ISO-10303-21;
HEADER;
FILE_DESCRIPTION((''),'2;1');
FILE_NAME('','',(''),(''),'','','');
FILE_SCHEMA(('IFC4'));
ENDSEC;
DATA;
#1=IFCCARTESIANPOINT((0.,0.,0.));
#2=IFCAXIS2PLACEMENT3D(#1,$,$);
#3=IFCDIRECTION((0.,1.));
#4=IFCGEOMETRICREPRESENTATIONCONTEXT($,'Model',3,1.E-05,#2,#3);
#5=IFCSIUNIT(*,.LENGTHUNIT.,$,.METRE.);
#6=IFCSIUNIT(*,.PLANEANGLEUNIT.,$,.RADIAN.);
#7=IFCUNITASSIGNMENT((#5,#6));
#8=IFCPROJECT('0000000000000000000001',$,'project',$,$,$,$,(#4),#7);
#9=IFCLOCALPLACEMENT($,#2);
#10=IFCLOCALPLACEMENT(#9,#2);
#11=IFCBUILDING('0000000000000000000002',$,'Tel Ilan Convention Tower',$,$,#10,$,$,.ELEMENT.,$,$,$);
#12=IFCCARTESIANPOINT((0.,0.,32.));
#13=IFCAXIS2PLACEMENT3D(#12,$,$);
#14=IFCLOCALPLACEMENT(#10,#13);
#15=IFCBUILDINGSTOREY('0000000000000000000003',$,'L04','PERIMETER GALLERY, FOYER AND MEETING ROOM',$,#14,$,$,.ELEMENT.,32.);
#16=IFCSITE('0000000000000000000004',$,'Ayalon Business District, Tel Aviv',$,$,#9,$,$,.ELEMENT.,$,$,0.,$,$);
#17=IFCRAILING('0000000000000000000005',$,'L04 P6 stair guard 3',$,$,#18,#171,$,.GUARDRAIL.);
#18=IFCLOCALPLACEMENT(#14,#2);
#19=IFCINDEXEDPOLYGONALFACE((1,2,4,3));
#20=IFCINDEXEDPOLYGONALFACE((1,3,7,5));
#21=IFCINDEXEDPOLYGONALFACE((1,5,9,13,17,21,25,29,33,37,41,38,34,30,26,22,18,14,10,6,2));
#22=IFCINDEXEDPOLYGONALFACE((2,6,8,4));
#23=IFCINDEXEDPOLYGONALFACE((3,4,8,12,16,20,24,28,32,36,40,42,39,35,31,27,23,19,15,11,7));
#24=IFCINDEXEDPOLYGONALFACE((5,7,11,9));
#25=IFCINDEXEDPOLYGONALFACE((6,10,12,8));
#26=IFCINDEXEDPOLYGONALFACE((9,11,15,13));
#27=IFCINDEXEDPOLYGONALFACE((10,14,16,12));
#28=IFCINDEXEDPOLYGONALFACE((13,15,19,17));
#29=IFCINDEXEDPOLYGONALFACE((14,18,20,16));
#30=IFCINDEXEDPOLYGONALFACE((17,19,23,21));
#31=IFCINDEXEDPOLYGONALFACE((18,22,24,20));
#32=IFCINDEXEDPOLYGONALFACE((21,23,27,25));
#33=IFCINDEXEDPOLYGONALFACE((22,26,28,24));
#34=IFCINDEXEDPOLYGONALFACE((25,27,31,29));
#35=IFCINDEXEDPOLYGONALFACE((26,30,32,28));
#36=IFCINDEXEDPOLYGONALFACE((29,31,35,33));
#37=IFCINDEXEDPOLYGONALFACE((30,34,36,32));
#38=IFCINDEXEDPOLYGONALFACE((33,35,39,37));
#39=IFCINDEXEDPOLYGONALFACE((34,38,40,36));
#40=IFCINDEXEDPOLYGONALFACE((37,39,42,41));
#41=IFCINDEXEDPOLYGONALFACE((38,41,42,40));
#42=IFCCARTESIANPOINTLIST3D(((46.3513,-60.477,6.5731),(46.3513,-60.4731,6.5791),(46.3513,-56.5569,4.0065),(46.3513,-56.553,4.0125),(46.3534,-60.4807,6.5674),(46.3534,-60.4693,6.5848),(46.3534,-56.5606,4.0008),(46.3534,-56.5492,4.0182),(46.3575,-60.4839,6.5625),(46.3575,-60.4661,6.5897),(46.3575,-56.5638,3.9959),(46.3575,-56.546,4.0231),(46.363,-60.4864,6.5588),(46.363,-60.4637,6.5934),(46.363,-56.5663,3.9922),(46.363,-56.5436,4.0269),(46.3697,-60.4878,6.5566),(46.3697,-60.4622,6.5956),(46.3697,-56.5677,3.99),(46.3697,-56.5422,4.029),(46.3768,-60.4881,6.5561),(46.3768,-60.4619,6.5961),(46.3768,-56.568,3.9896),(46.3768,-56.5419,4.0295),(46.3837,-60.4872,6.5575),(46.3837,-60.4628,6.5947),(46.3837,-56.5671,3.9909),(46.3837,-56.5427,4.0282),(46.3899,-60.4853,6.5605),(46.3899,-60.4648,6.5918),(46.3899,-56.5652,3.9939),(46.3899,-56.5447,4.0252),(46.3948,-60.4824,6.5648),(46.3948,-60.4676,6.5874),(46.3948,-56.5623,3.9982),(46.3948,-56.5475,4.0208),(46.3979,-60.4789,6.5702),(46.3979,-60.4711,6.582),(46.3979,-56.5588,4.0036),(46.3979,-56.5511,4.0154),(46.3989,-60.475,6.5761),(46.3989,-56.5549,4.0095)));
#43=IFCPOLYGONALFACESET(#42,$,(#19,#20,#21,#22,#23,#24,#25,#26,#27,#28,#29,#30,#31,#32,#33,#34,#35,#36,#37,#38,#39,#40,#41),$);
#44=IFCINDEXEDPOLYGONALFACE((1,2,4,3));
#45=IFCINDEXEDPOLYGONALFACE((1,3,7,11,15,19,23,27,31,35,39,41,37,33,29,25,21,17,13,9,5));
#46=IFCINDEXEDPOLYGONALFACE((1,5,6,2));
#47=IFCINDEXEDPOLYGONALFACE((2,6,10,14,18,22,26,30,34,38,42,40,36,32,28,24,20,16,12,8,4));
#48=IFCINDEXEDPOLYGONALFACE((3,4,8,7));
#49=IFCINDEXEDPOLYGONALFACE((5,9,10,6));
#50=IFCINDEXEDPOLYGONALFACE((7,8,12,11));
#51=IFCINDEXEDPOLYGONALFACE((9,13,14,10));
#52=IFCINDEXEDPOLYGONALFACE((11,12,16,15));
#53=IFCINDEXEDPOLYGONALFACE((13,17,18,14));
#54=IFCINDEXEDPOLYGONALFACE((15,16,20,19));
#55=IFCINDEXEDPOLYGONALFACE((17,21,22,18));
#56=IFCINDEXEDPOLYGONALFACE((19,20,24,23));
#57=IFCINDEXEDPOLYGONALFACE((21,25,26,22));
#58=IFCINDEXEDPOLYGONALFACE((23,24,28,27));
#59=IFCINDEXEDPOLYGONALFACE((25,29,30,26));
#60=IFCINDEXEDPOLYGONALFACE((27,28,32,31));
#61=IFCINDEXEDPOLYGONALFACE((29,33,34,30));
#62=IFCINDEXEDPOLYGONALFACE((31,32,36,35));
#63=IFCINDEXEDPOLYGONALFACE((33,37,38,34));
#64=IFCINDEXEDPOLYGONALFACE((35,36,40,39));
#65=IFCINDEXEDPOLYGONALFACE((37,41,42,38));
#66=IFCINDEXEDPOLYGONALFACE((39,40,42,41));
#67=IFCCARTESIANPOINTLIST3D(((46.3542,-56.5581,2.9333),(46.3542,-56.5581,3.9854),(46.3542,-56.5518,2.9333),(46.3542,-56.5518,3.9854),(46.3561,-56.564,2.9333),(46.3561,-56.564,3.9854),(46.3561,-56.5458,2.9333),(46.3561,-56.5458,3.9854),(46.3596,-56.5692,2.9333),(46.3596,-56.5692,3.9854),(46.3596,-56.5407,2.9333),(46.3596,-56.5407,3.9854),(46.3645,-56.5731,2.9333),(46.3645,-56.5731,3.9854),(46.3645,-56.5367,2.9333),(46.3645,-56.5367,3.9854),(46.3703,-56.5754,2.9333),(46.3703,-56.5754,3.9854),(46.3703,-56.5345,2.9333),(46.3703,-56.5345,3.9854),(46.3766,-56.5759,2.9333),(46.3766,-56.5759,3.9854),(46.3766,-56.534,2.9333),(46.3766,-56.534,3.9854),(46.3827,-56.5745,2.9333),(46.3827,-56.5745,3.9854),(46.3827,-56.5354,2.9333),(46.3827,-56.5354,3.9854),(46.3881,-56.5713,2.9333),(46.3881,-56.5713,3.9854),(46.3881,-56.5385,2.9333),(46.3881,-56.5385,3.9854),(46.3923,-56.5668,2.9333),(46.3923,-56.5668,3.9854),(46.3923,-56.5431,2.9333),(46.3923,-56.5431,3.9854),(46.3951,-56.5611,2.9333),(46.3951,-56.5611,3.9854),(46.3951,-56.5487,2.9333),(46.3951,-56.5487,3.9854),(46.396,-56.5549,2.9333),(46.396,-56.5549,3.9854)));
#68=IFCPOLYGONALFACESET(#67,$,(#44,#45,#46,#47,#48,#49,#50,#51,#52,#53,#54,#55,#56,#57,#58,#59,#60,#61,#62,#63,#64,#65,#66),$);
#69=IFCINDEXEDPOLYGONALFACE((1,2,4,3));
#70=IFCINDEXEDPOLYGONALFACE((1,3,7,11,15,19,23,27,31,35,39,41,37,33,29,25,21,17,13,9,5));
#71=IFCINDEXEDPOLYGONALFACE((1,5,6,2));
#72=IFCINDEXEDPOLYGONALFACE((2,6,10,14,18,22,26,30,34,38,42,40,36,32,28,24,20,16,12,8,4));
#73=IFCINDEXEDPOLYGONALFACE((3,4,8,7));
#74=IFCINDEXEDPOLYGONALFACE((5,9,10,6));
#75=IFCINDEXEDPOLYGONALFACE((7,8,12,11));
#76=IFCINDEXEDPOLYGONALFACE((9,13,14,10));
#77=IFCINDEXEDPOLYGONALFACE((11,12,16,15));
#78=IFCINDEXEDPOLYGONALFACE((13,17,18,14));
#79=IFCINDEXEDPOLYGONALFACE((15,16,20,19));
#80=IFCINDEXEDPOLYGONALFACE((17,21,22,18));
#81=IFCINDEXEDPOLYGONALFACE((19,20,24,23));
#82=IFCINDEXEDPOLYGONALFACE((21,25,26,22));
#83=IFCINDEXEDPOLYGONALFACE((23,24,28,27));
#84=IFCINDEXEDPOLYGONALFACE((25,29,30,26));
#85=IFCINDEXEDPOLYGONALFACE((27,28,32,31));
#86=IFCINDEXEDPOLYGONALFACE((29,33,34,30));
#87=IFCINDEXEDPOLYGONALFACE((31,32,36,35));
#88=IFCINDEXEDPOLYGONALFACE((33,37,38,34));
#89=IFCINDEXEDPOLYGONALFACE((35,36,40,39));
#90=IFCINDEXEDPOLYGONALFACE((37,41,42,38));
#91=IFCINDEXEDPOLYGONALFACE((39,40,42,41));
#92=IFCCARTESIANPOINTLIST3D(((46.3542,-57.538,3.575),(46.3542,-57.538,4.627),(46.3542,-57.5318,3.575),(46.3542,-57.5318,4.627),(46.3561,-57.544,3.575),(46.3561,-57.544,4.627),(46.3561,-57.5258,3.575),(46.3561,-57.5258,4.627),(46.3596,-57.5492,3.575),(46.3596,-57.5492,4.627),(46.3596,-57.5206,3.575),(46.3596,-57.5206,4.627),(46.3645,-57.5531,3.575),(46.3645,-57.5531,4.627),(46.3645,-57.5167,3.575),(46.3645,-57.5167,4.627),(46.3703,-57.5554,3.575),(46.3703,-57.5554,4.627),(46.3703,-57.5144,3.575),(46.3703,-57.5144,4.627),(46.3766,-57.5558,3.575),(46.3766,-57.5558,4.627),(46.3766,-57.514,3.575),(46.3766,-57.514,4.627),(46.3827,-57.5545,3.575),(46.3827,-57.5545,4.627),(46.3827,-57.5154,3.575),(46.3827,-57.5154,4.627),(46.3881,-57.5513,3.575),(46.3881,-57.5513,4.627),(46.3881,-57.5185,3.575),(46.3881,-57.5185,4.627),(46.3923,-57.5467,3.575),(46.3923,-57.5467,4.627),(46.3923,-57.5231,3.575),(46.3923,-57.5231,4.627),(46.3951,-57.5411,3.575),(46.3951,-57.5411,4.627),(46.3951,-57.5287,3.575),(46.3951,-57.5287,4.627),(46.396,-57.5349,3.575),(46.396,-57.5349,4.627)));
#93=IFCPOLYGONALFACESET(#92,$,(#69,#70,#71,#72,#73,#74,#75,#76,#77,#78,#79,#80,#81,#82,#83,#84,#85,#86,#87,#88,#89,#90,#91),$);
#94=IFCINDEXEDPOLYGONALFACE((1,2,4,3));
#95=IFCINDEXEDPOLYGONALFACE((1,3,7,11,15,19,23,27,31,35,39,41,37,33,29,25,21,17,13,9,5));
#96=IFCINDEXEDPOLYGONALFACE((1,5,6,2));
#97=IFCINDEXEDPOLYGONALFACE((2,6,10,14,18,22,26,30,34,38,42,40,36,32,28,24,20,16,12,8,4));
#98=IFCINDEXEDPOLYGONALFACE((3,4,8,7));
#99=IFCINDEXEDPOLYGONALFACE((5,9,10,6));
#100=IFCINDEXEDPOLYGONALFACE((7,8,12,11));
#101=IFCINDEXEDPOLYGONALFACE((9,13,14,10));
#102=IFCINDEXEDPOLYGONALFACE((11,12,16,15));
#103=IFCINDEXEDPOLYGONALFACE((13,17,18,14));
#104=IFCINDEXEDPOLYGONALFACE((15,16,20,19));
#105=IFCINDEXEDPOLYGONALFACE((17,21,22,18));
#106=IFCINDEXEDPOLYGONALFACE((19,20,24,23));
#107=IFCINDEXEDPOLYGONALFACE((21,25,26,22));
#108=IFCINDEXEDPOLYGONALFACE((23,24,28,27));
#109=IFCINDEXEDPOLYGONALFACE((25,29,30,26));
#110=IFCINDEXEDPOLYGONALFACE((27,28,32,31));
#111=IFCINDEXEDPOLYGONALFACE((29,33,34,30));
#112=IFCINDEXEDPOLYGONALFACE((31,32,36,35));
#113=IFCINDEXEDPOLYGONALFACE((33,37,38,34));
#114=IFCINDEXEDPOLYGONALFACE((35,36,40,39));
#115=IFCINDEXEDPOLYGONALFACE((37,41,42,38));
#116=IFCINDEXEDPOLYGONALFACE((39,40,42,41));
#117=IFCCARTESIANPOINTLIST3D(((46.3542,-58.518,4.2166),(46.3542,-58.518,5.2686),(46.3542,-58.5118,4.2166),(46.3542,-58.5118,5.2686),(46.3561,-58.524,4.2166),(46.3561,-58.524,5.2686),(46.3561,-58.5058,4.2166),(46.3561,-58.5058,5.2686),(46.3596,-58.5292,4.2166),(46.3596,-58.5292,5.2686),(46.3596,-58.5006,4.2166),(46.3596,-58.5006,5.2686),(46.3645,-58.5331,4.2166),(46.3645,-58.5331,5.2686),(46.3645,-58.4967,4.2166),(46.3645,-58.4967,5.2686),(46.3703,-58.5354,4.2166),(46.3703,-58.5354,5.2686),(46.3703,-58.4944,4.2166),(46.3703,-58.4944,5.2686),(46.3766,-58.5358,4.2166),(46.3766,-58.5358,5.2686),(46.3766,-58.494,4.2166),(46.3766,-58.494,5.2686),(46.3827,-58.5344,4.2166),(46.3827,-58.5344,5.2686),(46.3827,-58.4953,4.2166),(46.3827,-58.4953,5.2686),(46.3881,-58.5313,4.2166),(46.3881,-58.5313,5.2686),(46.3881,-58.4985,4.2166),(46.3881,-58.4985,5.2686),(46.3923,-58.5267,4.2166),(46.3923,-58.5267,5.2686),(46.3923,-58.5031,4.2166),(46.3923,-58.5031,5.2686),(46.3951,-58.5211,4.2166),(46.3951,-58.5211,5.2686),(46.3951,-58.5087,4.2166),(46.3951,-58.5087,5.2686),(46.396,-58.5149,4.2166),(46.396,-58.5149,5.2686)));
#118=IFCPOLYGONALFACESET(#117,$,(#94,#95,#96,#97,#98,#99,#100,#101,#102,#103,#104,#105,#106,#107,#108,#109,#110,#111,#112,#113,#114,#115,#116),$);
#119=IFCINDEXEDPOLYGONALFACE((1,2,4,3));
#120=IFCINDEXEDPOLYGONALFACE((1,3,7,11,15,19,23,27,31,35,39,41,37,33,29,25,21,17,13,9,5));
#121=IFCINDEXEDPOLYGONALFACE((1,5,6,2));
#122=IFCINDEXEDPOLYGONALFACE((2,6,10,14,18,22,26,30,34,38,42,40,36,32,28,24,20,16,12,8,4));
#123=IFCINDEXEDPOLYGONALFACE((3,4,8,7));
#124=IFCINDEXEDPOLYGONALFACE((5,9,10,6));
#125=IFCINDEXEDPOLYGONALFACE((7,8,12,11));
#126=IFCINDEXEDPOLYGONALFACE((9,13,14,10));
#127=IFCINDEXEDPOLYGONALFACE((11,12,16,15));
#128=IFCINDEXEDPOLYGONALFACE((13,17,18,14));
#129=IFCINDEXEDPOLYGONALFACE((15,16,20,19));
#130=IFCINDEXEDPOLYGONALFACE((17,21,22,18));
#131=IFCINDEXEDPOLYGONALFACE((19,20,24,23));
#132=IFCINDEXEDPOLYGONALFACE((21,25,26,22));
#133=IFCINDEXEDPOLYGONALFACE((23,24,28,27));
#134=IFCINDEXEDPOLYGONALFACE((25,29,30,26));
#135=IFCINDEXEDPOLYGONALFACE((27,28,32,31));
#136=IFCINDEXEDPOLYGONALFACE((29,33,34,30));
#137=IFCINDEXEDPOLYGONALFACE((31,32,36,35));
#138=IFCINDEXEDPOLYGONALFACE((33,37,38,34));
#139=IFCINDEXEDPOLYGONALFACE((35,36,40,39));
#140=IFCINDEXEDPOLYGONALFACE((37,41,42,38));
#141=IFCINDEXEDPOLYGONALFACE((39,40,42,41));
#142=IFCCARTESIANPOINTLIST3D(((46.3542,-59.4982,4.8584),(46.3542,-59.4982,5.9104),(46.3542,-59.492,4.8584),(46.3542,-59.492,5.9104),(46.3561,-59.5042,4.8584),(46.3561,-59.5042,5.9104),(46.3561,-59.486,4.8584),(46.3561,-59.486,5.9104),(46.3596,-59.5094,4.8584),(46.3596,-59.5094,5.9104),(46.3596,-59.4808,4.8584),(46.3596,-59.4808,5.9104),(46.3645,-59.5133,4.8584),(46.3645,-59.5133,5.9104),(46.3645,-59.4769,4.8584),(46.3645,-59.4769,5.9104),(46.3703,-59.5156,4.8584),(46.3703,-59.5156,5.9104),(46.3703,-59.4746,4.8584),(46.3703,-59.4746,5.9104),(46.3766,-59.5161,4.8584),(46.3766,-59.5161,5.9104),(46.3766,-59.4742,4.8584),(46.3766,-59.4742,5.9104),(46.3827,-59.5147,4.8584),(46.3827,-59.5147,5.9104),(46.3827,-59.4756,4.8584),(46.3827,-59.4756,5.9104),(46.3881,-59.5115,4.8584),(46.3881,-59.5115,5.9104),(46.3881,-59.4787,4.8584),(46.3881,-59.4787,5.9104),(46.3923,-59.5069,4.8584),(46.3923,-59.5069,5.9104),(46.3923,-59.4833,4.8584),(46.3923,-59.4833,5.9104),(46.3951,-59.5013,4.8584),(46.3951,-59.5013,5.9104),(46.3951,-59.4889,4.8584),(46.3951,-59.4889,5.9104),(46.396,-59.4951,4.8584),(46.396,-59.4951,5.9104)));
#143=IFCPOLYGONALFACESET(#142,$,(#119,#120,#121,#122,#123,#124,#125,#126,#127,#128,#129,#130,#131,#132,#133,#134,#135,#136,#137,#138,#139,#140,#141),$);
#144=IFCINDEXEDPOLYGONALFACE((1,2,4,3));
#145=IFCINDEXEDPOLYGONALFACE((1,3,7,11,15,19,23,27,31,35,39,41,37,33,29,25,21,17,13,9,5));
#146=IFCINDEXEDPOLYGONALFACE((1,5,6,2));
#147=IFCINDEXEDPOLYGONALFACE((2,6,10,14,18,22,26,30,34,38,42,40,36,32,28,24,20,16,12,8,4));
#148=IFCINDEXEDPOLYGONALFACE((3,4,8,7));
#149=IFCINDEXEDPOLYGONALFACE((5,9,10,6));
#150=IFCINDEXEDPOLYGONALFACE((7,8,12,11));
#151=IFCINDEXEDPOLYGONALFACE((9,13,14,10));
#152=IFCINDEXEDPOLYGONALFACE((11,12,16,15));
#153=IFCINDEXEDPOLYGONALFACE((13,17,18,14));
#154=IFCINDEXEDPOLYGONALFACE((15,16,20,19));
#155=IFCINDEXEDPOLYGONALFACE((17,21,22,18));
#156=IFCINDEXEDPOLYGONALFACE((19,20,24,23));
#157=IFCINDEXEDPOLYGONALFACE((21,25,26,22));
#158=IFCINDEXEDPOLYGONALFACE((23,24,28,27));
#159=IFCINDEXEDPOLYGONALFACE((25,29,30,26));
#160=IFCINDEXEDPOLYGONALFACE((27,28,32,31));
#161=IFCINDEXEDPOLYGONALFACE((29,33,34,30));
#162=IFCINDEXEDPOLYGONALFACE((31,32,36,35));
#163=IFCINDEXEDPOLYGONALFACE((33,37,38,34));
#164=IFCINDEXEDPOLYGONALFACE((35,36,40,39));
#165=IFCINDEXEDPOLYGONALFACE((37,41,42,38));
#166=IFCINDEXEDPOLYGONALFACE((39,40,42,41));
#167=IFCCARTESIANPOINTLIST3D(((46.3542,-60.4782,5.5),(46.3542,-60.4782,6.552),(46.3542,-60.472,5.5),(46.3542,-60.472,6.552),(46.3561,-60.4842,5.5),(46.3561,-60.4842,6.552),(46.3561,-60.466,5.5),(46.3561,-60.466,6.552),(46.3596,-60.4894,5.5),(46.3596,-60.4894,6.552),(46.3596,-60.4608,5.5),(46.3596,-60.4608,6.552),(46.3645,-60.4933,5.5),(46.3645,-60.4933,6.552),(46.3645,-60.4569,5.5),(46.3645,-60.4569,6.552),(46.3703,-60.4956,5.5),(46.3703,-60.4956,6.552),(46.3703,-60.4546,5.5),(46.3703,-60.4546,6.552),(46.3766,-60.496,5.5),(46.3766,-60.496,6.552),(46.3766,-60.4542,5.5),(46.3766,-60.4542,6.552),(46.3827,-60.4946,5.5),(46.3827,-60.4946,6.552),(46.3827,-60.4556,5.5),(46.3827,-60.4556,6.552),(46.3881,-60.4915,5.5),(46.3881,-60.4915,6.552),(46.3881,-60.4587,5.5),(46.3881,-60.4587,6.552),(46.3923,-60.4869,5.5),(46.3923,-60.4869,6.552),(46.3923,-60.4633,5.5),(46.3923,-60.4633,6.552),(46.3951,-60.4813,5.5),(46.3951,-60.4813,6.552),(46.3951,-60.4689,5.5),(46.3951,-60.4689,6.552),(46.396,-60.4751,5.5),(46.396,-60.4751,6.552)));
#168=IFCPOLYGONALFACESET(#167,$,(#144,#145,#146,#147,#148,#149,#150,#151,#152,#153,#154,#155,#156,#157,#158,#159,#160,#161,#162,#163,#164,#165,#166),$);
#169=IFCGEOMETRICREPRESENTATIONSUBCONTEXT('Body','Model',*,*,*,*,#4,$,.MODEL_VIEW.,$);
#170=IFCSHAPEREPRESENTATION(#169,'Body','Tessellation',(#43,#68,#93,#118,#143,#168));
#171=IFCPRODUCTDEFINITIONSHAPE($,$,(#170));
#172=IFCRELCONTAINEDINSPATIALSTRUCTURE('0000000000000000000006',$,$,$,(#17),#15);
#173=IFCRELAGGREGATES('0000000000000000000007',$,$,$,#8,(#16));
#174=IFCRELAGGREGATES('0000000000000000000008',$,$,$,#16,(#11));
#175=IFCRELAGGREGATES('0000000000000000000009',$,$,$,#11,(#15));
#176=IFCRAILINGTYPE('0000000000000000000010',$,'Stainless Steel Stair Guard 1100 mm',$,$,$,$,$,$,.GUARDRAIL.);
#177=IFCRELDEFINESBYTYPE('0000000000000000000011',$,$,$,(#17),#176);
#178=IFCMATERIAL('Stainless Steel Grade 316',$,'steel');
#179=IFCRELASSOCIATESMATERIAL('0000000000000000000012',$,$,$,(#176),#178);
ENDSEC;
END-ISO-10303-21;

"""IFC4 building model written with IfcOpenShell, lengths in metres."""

from ifc_helpers import new_model, si_unit, direction, frame, origin, origin_2d, place, context, subcontext, project, spatial, circle, extrude, material, type_object, element, save


model = new_model("IFC4")

# Units and contexts
model_context = context("Model", 3, precision=1e-05, world=origin(), true_north=direction((0.0, 1.0)))
body_context = subcontext(model_context, "Body", "Model", "MODEL_VIEW")
ifc_project = project(units=[si_unit("LENGTHUNIT", "METRE"), si_unit("PLANEANGLEUNIT", "RADIAN")], contexts=[model_context])

# Site, building, storey
site_placement = place(None, origin())
site = spatial("IfcSite", under=ifc_project, at=site_placement, Name="Ayalon Business District, Tel Aviv", CompositionType="ELEMENT", RefElevation=0.0)
building_placement = place(site_placement, origin())
building = spatial("IfcBuilding", under=site, at=building_placement, Name="Tel Ilan Convention Tower", CompositionType="ELEMENT")
storey_placement = place(building_placement, frame((0.0, 0.0, 32.0)))
storey = spatial("IfcBuildingStorey", under=building, at=storey_placement, Name="L04", Description="PERIMETER GALLERY, FOYER AND MEETING ROOM", CompositionType="ELEMENT", Elevation=32.0)

# Railing
ifc_material_1 = material(Name="Stainless Steel Grade 316", Category="steel")
railing_type_1 = type_object("IfcRailingType", Name="Stainless Steel Stair Guard 1100 mm", PredefinedType="GUARDRAIL", material=ifc_material_1)
railing_1_placement = place(storey_placement, frame((46.375, -56.5549, 2.9333)))
element("IfcRailing", 1, at=railing_1_placement, inside=storey, type_object=railing_type_1, Name="L04 P6 stair guard 3", PredefinedType="GUARDRAIL", context=body_context, shape_type="SweptSolid", body=[
    extrude(circle(Radius=0.0239, at=origin_2d()), frame((0.0, 0.0, 1.0762), z_axis=(0.0, -0.836631, 0.547767), x_axis=(1.0, 0.0, 0.0)), (0.0, 0.0, 1.0), 4.6855),
    extrude(circle(Radius=0.021, at=origin_2d()), origin(), (0.0, 0.0, 1.0), 1.052),
    extrude(circle(Radius=0.021, at=origin_2d()), frame((0.0, -0.98, 0.6416)), (0.0, 0.0, 1.0), 1.052),
    extrude(circle(Radius=0.021, at=origin_2d()), frame((0.0, -1.96, 1.2832)), (0.0, 0.0, 1.0), 1.052),
    extrude(circle(Radius=0.021, at=origin_2d()), frame((0.0, -2.9402, 1.925)), (0.0, 0.0, 1.0), 1.052),
    extrude(circle(Radius=0.021, at=origin_2d()), frame((0.0, -3.9202, 2.5667)), (0.0, 0.0, 1.0), 1.052),
])

save(model, "model.ifc")
